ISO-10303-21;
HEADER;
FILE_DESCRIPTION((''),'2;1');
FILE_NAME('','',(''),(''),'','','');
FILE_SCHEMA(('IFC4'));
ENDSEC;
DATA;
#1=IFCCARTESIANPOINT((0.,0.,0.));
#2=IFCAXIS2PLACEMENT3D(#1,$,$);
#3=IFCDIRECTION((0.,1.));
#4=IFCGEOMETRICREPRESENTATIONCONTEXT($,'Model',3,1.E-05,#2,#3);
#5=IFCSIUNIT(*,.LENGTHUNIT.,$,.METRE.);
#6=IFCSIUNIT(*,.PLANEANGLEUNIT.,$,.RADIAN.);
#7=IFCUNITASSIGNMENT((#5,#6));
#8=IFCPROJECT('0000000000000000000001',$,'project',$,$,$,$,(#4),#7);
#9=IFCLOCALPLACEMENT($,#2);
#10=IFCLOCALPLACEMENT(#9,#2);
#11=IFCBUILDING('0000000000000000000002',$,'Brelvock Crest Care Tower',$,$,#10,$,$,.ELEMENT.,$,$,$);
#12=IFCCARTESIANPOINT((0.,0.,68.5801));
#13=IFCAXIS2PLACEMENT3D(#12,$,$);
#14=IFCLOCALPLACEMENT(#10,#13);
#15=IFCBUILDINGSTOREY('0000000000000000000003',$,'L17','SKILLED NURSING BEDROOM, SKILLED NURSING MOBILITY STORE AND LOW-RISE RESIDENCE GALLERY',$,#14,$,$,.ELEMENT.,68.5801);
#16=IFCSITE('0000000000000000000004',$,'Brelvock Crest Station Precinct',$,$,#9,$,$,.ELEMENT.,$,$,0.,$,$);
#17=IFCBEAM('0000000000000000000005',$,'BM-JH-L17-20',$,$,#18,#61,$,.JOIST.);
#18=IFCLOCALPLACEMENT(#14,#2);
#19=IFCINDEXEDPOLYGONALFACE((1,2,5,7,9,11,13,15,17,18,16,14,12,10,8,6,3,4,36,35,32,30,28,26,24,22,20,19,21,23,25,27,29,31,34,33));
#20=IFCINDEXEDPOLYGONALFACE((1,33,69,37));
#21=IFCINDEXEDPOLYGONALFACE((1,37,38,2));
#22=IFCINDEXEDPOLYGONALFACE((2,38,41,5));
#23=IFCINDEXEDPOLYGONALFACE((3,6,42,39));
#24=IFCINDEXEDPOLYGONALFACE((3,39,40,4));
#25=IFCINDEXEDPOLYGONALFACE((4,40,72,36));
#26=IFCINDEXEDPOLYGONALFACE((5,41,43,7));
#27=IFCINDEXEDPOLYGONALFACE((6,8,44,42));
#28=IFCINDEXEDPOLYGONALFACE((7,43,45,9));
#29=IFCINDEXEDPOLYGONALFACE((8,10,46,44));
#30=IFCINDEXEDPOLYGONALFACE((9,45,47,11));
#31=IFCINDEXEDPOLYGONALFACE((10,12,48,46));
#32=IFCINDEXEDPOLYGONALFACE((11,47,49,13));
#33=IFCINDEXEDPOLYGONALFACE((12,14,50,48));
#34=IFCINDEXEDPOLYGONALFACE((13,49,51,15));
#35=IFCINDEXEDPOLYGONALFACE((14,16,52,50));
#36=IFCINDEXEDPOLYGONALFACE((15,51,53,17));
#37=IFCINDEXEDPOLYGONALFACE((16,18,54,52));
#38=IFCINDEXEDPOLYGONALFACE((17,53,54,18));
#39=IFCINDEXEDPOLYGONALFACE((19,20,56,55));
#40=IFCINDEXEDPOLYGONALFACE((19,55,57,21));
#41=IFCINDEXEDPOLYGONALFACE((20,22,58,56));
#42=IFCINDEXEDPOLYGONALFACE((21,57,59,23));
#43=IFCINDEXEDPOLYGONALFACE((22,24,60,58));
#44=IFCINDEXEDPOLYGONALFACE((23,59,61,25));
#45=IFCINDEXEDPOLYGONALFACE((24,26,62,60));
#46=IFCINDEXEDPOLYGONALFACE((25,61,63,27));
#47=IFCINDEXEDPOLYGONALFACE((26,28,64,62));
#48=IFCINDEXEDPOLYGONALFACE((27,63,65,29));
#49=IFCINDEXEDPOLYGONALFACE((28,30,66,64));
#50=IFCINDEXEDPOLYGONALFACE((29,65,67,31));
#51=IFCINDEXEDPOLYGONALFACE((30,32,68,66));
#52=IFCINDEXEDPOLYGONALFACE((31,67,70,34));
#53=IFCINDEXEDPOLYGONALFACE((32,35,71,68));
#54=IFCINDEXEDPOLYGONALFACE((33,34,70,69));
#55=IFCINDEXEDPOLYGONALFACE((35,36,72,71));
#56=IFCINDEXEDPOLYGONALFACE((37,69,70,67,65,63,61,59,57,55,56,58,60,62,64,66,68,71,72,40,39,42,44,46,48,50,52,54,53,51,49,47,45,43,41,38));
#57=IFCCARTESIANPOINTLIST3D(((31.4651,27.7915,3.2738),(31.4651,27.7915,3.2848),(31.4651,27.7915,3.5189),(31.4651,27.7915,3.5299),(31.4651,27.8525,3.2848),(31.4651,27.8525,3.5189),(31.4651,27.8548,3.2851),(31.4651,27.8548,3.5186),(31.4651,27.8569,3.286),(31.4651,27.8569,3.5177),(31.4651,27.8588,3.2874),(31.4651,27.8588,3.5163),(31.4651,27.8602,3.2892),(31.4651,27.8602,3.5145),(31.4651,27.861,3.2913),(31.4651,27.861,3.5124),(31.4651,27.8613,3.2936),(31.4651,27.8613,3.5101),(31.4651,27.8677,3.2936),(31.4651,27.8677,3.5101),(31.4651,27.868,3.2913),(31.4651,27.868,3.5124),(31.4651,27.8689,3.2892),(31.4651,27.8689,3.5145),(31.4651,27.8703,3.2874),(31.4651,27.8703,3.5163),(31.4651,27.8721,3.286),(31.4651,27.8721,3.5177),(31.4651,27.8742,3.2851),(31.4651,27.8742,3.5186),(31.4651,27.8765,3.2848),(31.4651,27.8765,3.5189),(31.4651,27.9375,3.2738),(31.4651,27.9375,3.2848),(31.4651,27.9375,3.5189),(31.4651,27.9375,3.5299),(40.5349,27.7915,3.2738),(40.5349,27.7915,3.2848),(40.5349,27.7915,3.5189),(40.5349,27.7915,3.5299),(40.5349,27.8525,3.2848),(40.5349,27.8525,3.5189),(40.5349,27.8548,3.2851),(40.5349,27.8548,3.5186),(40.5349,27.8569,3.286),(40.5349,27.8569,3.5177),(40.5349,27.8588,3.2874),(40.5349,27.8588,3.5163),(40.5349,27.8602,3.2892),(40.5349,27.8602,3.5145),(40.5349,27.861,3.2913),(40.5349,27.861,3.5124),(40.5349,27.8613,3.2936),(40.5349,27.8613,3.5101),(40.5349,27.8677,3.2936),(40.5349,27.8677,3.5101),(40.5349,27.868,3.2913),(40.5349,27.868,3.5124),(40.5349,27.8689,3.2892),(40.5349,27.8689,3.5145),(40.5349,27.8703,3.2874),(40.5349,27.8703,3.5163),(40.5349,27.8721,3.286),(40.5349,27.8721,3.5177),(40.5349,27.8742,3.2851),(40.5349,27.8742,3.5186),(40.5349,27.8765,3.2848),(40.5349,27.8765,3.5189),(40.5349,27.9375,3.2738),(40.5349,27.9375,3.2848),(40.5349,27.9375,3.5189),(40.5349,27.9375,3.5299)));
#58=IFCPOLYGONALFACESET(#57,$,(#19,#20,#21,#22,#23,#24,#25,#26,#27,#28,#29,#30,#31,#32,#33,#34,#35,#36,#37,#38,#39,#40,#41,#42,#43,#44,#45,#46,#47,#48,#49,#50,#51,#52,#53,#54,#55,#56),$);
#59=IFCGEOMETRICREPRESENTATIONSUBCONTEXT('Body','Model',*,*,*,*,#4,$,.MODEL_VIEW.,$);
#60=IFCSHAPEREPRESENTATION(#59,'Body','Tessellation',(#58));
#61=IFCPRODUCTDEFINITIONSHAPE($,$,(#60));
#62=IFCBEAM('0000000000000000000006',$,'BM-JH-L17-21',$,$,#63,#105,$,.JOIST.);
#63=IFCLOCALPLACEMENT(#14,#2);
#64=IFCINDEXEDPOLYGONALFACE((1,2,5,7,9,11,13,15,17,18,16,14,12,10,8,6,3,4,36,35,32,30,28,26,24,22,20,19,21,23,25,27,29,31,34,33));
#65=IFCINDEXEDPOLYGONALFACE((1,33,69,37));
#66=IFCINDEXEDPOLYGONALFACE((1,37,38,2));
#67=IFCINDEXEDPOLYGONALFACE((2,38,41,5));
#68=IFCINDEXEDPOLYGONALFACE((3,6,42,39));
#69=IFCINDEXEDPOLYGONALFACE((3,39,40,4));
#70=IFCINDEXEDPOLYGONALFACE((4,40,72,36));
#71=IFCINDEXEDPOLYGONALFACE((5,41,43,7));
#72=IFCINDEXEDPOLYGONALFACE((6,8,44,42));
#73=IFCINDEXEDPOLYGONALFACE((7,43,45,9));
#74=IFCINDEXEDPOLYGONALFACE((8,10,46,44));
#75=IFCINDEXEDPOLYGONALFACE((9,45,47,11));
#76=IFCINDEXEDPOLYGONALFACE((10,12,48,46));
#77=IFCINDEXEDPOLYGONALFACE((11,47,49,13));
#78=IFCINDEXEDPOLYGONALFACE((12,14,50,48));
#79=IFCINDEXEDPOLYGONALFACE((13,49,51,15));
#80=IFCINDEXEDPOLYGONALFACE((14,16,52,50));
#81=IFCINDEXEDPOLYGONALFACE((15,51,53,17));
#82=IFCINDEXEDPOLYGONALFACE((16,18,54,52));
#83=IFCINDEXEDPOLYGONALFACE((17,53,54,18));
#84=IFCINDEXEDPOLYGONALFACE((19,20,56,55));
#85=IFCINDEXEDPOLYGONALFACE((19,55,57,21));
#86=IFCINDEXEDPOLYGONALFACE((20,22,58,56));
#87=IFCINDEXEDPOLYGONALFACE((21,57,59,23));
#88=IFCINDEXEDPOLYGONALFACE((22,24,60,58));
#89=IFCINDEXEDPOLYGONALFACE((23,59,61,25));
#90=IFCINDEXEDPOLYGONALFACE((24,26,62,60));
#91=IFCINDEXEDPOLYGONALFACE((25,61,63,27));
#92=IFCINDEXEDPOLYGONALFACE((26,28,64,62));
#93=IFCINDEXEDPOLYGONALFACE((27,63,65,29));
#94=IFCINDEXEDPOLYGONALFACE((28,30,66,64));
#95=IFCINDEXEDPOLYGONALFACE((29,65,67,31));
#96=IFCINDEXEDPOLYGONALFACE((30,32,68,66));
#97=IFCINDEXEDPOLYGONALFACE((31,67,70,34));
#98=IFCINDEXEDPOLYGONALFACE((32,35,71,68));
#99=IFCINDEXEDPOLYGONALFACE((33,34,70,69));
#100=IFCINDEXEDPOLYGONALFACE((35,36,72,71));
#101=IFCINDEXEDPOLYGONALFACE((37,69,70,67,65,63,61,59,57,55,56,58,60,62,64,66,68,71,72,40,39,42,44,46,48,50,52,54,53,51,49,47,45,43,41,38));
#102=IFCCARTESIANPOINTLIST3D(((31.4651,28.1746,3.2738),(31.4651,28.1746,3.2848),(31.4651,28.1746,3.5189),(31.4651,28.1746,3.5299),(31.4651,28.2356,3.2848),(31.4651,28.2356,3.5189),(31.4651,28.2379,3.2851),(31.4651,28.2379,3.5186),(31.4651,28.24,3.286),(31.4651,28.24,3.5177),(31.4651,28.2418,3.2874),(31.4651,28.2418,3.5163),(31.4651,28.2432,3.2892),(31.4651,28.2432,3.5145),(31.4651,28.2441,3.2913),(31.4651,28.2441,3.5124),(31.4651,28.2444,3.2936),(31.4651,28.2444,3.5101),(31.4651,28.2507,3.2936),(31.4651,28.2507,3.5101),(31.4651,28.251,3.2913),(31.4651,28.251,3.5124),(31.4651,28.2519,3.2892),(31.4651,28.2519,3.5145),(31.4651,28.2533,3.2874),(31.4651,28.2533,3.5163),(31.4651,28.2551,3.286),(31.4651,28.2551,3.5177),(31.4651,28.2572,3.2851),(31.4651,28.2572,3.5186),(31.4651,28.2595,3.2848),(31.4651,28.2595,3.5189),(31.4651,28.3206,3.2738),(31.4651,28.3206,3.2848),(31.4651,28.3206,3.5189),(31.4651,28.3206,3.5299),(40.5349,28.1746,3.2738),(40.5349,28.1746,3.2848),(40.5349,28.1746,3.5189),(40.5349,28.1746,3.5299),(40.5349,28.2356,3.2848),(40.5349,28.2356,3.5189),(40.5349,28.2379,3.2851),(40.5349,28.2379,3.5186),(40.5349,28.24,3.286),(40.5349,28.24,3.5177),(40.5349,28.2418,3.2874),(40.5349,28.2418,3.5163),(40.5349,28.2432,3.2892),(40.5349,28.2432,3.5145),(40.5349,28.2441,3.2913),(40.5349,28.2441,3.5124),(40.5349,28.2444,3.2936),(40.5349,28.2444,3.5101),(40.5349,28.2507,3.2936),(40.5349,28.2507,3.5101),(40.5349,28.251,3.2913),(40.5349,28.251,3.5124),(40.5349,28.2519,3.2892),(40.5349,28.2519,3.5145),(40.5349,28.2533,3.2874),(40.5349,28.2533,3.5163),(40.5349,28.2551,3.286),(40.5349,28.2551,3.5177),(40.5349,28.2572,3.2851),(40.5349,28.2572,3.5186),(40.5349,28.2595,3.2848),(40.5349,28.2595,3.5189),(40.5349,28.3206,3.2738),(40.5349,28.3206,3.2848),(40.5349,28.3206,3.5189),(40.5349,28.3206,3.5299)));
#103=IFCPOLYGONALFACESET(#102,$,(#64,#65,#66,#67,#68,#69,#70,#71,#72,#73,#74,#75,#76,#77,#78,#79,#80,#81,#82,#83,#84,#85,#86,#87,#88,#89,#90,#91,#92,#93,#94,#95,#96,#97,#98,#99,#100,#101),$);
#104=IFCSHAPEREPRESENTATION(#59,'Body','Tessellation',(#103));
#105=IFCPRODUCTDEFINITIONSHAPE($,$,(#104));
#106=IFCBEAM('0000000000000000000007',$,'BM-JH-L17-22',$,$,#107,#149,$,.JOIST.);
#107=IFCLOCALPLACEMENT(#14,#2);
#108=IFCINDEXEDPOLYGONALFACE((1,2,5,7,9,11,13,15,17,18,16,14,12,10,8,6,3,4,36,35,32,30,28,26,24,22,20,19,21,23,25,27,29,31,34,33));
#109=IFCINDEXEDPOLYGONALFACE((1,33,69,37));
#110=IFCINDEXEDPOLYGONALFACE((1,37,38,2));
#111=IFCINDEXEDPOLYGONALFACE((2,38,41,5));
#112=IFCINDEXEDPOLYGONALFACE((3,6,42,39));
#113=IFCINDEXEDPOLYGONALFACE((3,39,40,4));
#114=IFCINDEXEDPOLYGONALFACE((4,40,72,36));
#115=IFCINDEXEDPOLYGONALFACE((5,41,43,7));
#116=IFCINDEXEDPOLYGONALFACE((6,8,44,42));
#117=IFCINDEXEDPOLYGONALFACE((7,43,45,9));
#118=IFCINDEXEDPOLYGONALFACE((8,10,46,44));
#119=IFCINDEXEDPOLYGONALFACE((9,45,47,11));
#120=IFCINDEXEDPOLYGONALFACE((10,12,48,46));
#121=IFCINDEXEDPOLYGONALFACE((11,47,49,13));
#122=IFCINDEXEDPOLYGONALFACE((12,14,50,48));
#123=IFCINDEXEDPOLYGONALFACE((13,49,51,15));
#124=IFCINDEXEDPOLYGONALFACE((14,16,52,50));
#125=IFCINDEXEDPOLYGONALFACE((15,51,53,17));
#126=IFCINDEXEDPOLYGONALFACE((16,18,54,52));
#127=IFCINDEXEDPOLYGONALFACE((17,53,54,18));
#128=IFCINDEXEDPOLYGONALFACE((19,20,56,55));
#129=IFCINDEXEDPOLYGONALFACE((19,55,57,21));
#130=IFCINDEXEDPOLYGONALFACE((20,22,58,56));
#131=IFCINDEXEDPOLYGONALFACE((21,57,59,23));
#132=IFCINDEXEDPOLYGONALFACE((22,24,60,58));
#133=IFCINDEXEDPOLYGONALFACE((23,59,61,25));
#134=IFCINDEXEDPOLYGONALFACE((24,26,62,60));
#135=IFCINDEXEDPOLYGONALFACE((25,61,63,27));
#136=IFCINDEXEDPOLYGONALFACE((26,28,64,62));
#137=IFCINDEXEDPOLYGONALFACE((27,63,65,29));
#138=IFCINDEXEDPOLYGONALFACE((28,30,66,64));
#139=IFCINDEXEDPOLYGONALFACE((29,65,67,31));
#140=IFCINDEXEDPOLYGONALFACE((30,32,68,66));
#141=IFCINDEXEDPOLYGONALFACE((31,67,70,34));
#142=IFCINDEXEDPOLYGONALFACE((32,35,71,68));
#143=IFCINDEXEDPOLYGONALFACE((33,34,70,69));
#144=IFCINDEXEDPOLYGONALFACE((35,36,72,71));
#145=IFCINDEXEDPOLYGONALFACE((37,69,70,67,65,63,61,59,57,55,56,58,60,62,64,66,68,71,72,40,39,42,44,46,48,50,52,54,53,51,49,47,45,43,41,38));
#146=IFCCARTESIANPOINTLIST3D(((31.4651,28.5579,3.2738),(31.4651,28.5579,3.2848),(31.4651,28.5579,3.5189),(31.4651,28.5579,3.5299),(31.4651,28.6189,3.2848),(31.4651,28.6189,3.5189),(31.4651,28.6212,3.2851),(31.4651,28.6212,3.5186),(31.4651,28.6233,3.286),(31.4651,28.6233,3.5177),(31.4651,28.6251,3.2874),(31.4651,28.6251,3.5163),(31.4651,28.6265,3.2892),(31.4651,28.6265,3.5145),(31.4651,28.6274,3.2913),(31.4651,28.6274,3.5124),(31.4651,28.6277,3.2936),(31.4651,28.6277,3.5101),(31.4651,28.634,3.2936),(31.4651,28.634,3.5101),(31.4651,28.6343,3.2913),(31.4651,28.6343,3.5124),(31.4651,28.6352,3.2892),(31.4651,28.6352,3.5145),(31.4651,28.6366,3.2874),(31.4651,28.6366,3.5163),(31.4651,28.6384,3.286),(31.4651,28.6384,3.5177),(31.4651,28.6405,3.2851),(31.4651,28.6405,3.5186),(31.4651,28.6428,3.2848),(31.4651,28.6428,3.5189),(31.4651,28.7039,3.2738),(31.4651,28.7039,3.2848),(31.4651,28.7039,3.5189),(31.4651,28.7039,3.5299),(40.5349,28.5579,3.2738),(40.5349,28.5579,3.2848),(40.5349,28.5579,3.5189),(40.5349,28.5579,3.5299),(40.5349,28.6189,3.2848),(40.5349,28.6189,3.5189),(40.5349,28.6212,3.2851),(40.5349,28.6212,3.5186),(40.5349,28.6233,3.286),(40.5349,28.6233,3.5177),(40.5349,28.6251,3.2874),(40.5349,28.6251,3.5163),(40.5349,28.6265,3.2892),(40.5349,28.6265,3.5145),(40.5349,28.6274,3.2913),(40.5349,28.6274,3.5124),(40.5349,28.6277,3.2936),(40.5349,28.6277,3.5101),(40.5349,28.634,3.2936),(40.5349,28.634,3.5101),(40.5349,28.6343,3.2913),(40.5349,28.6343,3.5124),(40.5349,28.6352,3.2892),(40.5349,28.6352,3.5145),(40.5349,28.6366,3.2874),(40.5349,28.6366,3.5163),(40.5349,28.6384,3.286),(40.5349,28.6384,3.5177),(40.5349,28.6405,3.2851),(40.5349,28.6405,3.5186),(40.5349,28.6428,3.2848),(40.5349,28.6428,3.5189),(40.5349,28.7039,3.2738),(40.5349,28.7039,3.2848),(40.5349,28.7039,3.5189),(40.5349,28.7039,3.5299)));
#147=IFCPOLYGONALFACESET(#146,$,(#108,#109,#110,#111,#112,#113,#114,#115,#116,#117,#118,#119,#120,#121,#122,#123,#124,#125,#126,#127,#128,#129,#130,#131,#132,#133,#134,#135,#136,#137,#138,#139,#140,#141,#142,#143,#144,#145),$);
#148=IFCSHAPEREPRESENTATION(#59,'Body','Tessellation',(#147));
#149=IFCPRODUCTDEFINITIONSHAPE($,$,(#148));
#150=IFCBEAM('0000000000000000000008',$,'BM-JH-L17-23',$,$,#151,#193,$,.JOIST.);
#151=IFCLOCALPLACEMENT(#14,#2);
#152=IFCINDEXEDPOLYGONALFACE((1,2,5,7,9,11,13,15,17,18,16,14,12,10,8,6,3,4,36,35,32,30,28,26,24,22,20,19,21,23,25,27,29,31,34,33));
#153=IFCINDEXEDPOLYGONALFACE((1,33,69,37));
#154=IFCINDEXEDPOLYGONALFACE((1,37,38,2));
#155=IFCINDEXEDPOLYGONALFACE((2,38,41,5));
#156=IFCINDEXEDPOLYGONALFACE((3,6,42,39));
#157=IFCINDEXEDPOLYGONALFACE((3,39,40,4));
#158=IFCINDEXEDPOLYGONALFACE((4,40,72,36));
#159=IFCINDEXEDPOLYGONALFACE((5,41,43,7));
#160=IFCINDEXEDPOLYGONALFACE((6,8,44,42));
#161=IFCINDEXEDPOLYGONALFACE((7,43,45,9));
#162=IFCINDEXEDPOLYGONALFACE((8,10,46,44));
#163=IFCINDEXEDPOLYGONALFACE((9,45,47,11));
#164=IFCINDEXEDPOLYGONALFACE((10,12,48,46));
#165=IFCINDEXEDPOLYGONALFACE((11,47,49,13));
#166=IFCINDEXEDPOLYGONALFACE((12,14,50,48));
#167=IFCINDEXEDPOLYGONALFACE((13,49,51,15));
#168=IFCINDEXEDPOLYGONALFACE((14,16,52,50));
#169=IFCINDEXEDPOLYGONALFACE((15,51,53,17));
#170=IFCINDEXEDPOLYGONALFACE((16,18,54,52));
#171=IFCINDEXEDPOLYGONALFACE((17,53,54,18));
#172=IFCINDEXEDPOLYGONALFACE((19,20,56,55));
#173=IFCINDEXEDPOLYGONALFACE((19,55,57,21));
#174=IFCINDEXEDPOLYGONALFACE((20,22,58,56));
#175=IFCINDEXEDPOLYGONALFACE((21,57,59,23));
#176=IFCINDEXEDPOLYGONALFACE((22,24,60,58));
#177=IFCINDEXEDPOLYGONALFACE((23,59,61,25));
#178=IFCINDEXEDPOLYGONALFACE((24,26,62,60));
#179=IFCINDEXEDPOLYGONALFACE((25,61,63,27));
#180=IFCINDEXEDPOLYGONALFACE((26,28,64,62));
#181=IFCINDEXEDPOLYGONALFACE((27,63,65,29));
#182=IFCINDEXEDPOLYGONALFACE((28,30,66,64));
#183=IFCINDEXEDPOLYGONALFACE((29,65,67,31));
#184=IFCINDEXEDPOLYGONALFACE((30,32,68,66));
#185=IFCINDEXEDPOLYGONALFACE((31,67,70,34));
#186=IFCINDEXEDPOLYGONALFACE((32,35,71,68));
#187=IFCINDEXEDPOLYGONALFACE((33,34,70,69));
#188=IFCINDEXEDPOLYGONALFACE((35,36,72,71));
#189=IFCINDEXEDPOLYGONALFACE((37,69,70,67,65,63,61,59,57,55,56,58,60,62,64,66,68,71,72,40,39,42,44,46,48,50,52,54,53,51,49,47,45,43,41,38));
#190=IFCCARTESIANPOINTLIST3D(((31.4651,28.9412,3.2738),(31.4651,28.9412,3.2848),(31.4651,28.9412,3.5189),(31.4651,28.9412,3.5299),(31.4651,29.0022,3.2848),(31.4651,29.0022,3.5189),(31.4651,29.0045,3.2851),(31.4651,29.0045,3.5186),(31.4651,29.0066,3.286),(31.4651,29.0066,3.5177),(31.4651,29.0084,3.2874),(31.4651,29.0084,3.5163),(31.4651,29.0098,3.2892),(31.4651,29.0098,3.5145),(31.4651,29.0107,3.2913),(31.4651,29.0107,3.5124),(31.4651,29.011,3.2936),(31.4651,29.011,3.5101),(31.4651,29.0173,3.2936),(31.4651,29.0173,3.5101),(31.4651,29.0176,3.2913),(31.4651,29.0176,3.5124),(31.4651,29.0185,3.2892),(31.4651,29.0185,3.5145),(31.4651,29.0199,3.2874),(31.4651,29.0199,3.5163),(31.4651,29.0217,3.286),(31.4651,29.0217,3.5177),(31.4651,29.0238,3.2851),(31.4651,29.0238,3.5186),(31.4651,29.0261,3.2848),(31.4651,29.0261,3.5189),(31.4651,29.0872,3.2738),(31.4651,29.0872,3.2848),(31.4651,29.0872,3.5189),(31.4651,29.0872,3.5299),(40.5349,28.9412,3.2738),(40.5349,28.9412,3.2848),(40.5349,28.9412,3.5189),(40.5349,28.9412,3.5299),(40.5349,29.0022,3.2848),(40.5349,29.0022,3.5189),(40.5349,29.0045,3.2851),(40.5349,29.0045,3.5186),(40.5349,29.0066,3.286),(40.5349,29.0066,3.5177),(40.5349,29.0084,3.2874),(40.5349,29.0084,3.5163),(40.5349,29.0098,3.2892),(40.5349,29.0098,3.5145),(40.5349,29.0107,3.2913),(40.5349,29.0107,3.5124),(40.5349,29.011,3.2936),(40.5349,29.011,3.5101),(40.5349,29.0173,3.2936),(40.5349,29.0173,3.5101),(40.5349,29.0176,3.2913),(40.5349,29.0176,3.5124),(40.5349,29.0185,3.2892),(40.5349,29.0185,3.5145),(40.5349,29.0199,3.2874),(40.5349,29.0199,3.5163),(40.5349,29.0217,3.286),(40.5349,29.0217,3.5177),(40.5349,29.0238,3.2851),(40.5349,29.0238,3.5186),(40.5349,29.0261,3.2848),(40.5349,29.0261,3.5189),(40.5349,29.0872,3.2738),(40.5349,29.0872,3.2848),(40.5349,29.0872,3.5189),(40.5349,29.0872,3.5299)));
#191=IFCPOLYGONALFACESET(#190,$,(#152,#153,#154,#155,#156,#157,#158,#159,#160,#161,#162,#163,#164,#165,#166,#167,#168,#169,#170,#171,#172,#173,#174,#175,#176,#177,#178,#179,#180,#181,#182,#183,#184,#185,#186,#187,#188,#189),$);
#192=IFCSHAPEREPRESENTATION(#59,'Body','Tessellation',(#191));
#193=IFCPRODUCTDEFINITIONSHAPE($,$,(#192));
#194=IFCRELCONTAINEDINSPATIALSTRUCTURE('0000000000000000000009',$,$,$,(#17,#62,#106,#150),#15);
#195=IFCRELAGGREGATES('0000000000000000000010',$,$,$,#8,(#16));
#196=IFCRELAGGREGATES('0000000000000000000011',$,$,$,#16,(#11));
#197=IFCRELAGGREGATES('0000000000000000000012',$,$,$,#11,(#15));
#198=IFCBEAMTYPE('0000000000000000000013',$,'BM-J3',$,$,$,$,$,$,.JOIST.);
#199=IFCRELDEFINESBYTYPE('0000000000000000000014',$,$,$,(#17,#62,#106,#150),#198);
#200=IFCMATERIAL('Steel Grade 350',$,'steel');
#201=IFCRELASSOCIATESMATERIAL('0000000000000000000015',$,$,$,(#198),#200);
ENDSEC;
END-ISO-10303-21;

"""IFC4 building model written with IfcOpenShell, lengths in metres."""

from ifc_helpers import new_model, si_unit, direction, frame, origin, origin_2d, place, context, subcontext, project, spatial, i_section, extrude, source, transform, mapped, material, material_profile, profile_set, type_object, element, save


model = new_model("IFC4")

# Units and contexts
model_context = context("Model", 3, precision=1e-05, world=origin(), true_north=direction((0.0, 1.0)))
body_context = subcontext(model_context, "Body", "Model", "MODEL_VIEW")
ifc_project = project(units=[si_unit("LENGTHUNIT", "METRE"), si_unit("PLANEANGLEUNIT", "RADIAN")], contexts=[model_context])

# Site, building, storey
site_placement = place(None, origin())
site = spatial("IfcSite", under=ifc_project, at=site_placement, Name="Brelvock Crest Station Precinct", CompositionType="ELEMENT", RefElevation=0.0)
building_placement = place(site_placement, origin())
building = spatial("IfcBuilding", under=site, at=building_placement, Name="Brelvock Crest Care Tower", CompositionType="ELEMENT")
storey_placement = place(building_placement, frame((0.0, 0.0, 68.5801)))
storey = spatial("IfcBuildingStorey", under=building, at=storey_placement, Name="L17", Description="SKILLED NURSING BEDROOM, SKILLED NURSING MOBILITY STORE AND LOW-RISE RESIDENCE GALLERY", CompositionType="ELEMENT", Elevation=68.5801)

# Beams
ifc_material_1 = material(Name="Steel Grade 350", Category="steel")
ifc_material_profile = material_profile(ifc_material_1, i_section(OverallWidth=0.146, OverallDepth=0.2561, WebThickness=0.0063, FlangeThickness=0.011, FilletRadius=0.0088, at=origin_2d()), Name="250UB37.3")
ifc_profile_set = profile_set([ifc_material_profile], Name="Steel Grade 350")
beam_type = type_object("IfcBeamType", Name="BM-J3", PredefinedType="JOIST", material=ifc_profile_set)
shared_shape_1 = source(origin(), body_context, "Body", "SweptSolid", [
    extrude(i_section(OverallWidth=0.146, OverallDepth=0.2561, WebThickness=0.0063, FlangeThickness=0.011, FilletRadius=0.0088, at=origin_2d()), origin(), (0.0, 0.0, 1.0), 9.0698),
])
for number, where, z_axis, x_axis, name in (
    (1, (31.4651, 27.8645, 3.4019), (1.0, 0.0, 0.0), (0.0, 1.0, 0.0), "BM-JH-L17-20"),
    (2, (31.4651, 28.2476, 3.4019), (1.0, 0.0, 0.0), (0.0, 1.0, 0.0), "BM-JH-L17-21"),
    (3, (31.4651, 28.6309, 3.4019), (1.0, 0.0, 0.0), (0.0, 1.0, 0.0), "BM-JH-L17-22"),
    (4, (31.4651, 29.0142, 3.4019), (1.0, 0.0, 0.0), (0.0, 1.0, 0.0), "BM-JH-L17-23"),
):
    element("IfcBeam", number, at=place(storey_placement, frame(where, z_axis=z_axis, x_axis=x_axis)), inside=storey, type_object=beam_type, Name=name, PredefinedType="JOIST", context=body_context, shape_type="MappedRepresentation", body=[
        mapped(shared_shape_1, transform((0.0, 0.0, 0.0), x_axis=(1.0, 0.0, 0.0), y_axis=(0.0, 1.0, 0.0), z_axis=(0.0, 0.0, 1.0), scale=1.0)),
    ])

save(model, "model.ifc")
